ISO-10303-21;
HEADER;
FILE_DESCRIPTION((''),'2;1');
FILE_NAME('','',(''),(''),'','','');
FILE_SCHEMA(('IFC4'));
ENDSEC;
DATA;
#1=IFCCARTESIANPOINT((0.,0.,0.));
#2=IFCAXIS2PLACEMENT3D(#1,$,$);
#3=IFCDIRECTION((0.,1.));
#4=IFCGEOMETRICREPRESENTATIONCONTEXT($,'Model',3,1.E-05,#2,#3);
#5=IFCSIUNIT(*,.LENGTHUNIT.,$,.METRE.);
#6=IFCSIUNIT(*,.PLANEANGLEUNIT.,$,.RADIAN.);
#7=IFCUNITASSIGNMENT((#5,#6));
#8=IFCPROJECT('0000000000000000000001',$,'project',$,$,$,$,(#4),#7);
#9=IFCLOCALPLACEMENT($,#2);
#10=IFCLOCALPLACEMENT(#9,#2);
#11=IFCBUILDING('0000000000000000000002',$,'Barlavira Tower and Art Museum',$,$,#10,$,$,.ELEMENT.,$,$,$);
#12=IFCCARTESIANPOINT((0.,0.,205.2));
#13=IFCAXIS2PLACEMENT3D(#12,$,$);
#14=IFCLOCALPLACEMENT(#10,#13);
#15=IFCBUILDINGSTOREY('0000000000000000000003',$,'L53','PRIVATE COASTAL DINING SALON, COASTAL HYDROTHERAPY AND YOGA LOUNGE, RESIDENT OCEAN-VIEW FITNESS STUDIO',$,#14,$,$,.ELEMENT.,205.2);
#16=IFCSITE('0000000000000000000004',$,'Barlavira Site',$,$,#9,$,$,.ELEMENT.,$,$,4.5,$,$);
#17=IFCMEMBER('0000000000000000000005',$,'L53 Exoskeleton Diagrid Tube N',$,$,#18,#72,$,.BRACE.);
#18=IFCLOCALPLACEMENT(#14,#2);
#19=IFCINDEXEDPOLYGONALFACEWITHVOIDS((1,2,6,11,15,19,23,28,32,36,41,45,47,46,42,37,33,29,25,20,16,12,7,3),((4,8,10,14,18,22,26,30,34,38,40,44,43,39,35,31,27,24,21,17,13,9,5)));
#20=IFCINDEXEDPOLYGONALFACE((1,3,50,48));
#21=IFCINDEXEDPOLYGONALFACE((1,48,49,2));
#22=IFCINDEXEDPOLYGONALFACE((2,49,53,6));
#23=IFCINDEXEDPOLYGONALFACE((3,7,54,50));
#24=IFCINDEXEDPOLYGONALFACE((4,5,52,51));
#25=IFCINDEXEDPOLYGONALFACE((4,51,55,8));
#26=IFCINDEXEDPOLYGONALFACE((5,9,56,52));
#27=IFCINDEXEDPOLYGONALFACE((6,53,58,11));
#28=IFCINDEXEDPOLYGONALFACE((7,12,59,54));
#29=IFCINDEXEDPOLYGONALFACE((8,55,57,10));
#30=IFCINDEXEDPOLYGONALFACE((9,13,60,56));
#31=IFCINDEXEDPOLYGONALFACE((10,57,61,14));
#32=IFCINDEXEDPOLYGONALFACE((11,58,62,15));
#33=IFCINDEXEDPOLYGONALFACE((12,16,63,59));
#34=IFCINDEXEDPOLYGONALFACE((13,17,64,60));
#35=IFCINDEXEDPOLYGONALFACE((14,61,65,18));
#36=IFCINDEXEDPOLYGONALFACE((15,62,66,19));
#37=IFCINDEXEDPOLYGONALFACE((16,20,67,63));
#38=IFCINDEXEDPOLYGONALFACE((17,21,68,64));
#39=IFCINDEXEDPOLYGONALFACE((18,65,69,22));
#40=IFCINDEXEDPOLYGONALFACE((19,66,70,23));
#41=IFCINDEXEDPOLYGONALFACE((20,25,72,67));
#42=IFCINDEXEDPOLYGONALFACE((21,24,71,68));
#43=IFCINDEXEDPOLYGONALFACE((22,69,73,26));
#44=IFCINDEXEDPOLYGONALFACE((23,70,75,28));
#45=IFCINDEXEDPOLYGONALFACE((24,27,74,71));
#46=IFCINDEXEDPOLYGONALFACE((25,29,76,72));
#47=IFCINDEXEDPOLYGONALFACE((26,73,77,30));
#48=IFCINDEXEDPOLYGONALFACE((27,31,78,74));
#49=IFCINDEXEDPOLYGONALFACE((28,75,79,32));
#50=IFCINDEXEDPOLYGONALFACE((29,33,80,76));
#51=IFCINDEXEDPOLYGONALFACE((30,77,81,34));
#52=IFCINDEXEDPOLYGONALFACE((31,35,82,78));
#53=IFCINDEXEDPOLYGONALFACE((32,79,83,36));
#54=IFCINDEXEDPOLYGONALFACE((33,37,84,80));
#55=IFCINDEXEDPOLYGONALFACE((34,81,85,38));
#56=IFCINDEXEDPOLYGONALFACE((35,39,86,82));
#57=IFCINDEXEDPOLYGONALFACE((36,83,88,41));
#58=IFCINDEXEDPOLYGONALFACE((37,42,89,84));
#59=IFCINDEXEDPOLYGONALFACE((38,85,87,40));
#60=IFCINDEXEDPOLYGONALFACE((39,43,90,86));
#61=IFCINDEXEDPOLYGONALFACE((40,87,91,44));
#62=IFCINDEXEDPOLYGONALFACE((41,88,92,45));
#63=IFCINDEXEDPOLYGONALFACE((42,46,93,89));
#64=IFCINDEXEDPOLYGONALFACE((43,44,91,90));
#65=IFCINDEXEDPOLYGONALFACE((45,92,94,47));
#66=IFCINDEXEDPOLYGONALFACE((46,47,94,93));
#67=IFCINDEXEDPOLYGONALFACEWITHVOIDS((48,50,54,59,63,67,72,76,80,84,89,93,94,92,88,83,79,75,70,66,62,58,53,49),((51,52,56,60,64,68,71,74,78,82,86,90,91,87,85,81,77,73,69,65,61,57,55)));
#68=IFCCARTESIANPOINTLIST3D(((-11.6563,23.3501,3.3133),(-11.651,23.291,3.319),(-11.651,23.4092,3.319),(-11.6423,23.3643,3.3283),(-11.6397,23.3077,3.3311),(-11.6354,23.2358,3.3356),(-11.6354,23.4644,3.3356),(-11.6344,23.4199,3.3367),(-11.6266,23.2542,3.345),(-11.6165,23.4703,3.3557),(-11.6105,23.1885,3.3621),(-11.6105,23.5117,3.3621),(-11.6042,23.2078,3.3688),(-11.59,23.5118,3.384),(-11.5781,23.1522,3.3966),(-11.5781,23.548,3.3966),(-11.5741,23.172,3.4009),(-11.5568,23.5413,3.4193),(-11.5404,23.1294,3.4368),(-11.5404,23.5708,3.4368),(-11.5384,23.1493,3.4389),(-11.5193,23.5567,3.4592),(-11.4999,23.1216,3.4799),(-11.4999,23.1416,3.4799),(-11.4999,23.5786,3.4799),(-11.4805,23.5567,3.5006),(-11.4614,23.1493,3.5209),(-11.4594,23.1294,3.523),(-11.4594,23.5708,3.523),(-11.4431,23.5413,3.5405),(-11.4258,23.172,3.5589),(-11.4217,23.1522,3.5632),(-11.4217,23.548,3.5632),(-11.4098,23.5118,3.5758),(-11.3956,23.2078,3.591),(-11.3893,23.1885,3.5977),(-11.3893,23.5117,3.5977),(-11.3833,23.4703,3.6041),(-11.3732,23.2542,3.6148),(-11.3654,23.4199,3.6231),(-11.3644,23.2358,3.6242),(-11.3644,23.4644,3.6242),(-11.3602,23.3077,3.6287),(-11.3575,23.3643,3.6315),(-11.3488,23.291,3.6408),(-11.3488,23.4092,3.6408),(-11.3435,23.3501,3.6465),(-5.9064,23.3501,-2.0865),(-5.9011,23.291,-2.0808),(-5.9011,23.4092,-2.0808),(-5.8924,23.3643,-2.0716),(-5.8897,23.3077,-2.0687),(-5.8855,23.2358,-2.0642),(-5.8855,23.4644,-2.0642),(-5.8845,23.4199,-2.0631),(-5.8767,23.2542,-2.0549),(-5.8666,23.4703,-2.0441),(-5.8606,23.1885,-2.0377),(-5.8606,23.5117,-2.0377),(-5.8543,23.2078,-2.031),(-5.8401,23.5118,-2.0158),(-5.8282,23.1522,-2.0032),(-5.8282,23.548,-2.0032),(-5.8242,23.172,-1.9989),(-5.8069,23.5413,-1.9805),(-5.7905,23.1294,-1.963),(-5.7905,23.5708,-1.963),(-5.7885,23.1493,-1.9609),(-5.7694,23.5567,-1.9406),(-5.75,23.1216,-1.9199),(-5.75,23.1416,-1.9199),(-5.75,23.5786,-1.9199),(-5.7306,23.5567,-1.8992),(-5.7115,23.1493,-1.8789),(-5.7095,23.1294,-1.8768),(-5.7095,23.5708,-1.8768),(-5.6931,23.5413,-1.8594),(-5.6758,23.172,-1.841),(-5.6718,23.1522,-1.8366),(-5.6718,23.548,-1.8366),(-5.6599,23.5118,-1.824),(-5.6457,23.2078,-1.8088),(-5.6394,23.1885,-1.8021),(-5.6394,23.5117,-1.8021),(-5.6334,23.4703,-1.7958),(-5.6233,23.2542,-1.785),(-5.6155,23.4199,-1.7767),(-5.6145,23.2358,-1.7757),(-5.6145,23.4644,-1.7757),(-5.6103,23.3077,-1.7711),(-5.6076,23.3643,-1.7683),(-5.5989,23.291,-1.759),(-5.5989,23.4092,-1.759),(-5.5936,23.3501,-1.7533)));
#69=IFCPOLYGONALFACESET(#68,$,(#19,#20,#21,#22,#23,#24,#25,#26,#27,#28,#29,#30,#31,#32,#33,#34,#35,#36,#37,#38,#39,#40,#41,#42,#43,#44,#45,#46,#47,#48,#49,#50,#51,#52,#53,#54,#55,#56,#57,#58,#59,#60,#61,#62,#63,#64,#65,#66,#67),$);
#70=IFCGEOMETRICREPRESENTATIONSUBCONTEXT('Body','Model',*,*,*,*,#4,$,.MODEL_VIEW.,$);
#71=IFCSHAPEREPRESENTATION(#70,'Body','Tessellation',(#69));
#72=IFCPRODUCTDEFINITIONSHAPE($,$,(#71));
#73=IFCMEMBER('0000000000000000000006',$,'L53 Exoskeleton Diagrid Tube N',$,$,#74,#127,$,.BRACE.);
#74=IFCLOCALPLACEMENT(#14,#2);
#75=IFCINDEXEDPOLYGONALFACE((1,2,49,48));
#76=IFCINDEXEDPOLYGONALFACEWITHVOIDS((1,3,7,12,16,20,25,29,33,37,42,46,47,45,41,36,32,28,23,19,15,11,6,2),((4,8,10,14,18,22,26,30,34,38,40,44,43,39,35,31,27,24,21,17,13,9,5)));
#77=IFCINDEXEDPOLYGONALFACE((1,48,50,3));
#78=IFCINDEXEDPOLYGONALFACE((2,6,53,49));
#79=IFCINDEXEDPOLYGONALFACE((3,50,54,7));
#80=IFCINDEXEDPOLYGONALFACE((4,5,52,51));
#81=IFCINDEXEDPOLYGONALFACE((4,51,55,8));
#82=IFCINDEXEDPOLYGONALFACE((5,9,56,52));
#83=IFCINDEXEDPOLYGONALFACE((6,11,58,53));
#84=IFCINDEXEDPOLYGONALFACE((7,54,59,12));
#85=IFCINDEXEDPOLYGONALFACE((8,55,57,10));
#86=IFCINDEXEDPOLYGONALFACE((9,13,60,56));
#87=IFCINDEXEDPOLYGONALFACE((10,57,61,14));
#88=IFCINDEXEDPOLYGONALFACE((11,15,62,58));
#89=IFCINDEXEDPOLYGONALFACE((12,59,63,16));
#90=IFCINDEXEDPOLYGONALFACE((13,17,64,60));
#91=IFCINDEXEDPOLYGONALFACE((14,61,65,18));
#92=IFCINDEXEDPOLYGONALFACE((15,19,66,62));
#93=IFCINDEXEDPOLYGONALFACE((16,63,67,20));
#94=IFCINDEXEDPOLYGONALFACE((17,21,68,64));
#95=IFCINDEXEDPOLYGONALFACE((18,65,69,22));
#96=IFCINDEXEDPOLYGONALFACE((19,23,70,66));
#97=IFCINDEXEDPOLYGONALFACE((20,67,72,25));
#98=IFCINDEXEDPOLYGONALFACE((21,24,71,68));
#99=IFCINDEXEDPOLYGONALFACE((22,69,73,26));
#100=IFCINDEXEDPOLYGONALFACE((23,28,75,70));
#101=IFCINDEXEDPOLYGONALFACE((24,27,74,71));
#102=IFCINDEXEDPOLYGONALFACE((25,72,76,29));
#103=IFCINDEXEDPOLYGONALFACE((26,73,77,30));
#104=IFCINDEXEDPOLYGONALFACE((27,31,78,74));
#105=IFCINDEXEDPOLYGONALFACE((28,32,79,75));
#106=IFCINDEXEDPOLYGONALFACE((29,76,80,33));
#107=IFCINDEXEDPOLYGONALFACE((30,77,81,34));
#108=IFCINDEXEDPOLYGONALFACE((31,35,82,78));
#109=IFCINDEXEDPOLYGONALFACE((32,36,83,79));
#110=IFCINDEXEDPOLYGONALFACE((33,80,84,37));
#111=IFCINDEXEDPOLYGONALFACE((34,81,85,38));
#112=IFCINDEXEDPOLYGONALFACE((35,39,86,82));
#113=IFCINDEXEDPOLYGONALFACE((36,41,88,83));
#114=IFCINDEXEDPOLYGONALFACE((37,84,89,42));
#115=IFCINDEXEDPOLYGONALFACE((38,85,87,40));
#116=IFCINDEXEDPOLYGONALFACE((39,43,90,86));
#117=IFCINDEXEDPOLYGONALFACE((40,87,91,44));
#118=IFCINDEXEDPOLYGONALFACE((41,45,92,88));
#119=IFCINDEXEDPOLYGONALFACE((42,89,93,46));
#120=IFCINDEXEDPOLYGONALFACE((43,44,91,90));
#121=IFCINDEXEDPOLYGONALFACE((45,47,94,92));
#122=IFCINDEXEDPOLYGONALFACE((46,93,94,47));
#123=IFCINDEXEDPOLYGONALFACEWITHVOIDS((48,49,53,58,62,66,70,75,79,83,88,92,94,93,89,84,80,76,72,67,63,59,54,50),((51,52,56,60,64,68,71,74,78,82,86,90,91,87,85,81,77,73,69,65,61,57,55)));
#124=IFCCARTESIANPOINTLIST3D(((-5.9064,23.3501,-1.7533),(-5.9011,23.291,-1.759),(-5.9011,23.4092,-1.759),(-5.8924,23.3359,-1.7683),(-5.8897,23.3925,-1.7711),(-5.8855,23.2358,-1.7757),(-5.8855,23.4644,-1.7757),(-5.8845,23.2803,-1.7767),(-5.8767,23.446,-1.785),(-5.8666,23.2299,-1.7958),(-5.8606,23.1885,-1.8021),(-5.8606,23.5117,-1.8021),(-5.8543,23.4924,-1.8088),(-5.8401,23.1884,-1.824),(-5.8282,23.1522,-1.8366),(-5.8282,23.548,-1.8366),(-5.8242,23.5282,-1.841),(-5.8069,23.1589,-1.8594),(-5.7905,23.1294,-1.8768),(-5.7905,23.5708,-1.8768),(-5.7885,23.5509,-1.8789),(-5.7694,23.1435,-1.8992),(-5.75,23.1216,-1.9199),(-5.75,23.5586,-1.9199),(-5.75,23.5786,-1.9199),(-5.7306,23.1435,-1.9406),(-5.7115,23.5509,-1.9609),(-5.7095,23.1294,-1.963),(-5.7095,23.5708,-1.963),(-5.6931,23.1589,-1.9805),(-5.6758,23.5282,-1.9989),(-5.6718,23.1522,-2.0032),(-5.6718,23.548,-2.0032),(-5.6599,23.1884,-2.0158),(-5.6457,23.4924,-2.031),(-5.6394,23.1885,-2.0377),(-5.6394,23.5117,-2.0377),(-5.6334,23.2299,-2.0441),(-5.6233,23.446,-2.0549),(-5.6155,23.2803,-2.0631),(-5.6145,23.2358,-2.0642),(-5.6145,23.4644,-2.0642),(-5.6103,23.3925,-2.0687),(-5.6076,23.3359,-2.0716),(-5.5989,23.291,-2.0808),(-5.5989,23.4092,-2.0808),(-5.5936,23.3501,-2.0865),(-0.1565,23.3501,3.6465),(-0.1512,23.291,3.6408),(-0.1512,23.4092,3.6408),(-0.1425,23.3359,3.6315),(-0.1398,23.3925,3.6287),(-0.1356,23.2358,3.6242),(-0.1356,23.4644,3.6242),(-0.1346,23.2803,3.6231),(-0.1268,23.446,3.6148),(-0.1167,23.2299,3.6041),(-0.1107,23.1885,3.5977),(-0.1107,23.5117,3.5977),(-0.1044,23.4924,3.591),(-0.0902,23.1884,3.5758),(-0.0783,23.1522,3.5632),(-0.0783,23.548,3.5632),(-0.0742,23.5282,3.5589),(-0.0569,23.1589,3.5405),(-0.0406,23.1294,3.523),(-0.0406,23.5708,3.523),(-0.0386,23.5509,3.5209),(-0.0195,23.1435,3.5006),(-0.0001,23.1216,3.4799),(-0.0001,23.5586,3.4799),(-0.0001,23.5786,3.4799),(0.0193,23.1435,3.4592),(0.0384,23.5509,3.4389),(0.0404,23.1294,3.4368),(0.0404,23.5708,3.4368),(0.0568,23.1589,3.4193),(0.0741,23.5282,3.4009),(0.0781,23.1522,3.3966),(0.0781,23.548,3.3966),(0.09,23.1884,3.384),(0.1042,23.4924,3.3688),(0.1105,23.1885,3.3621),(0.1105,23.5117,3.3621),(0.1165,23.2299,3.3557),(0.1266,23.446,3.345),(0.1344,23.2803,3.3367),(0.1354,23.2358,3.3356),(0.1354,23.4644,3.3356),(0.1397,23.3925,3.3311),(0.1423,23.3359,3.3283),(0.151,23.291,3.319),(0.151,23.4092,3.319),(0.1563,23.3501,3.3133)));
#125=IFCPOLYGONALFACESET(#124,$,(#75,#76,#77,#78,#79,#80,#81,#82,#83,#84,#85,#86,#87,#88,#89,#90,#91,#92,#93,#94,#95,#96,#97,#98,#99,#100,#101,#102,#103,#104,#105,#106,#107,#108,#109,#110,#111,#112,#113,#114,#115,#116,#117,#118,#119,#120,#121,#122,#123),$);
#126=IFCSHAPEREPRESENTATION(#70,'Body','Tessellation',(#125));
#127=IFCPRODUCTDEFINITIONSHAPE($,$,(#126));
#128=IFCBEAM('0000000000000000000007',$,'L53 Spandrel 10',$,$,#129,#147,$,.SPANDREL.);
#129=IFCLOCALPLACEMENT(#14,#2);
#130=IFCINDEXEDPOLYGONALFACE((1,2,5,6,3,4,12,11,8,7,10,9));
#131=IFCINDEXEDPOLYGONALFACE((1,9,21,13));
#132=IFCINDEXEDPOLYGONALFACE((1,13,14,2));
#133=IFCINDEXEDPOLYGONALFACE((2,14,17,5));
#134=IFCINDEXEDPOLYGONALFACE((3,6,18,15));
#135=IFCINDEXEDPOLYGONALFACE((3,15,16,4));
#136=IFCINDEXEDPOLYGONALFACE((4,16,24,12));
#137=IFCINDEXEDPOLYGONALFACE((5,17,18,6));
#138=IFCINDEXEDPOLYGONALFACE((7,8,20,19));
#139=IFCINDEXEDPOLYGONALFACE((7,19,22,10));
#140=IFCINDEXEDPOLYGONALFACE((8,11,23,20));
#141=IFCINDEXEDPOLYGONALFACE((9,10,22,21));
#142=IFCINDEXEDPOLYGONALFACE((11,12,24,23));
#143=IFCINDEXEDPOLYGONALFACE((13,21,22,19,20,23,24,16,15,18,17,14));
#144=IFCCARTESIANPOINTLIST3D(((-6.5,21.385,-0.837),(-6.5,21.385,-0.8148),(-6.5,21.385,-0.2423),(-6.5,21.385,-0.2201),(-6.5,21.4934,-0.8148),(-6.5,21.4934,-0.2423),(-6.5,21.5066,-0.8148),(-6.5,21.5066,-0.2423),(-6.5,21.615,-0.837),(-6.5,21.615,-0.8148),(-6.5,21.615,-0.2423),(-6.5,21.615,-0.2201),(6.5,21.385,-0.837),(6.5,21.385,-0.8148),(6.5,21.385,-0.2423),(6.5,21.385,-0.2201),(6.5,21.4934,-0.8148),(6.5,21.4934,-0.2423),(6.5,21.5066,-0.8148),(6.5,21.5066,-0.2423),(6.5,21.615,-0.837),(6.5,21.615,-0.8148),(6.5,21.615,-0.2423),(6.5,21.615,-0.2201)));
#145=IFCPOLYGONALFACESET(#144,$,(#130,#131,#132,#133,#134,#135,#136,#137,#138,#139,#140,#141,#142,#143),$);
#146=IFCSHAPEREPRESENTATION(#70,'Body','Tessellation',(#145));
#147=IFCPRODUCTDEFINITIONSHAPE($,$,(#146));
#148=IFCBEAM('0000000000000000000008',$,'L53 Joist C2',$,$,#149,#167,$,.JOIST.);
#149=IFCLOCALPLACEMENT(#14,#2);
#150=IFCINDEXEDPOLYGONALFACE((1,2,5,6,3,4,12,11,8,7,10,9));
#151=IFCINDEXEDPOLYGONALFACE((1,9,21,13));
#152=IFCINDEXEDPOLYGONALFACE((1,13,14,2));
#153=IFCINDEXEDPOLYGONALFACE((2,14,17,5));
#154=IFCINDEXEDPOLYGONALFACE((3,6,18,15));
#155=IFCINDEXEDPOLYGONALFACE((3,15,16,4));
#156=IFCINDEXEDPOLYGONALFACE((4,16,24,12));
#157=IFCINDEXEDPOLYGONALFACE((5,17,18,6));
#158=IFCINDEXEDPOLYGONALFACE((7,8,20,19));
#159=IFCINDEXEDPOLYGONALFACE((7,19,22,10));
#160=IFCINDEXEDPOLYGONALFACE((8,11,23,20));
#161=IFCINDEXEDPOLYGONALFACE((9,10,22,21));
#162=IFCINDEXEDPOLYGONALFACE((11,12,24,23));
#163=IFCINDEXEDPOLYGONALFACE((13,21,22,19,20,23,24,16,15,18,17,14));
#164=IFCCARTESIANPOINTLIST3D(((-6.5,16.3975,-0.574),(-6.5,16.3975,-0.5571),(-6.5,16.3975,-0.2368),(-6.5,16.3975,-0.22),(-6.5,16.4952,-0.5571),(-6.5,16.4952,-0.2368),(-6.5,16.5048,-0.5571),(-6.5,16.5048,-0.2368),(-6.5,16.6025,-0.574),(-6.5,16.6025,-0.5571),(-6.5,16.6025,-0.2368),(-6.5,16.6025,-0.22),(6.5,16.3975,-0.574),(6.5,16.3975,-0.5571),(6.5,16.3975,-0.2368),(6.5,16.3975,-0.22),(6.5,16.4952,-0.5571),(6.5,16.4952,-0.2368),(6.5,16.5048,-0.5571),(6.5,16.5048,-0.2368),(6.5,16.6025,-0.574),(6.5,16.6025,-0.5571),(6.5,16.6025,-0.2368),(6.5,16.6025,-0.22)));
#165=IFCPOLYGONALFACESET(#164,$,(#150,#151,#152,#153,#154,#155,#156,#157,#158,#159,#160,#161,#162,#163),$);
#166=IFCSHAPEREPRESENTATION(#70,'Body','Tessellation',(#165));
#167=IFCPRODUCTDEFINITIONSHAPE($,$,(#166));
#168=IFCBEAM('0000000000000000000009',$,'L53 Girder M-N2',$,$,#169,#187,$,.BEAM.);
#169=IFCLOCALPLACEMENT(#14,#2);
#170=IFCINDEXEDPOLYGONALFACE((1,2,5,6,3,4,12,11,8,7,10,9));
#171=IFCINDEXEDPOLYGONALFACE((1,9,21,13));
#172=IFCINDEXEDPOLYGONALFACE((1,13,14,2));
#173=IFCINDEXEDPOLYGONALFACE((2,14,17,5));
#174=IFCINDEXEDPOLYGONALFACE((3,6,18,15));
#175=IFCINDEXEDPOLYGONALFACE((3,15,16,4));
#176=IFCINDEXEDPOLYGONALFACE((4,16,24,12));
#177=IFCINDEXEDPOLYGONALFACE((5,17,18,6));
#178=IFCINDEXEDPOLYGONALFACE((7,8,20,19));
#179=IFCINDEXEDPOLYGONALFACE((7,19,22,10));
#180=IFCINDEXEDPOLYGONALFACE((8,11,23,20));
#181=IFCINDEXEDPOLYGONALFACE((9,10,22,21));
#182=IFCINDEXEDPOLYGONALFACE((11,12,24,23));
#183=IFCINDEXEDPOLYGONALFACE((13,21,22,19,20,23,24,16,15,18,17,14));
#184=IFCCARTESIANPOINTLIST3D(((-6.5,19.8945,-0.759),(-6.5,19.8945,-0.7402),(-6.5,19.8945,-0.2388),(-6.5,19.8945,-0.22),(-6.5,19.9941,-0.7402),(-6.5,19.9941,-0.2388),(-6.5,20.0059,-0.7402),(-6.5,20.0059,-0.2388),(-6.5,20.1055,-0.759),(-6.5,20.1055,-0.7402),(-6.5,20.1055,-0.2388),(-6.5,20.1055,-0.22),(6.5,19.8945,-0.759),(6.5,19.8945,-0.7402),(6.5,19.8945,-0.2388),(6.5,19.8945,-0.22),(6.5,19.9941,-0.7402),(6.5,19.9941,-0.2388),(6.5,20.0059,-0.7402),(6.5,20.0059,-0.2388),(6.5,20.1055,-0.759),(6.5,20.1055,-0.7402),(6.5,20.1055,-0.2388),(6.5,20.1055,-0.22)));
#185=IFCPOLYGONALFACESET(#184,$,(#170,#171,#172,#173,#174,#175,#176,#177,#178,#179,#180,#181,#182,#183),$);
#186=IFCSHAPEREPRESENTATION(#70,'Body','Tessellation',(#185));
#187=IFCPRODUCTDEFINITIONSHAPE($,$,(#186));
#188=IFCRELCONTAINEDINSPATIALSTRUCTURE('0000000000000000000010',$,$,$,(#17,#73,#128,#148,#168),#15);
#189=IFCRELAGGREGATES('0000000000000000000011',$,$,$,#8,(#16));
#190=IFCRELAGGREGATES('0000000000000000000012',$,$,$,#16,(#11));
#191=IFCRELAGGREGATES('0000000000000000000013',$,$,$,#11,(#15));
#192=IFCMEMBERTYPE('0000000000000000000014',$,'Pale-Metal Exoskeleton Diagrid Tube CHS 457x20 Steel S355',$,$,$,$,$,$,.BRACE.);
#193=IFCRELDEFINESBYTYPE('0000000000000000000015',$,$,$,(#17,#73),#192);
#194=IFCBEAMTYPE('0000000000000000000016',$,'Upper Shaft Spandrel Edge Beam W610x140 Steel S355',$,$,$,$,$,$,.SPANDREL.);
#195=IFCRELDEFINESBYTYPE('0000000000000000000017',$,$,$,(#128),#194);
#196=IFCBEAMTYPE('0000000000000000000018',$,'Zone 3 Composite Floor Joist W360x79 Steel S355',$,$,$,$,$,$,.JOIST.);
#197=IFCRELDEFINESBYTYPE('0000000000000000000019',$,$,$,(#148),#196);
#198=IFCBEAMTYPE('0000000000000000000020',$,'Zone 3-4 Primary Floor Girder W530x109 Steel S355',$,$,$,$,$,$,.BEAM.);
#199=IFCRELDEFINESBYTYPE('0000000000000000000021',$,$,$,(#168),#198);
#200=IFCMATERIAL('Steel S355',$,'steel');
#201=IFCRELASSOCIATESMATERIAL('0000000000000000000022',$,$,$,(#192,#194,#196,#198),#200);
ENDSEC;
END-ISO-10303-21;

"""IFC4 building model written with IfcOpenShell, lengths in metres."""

from ifc_helpers import new_model, si_unit, direction, frame, origin, origin_2d, place, context, subcontext, project, spatial, hollow_circle, i_section, extrude, material, material_profile, profile_set, type_object, element, save


model = new_model("IFC4")

# Units and contexts
model_context = context("Model", 3, precision=1e-05, world=origin(), true_north=direction((0.0, 1.0)))
body_context = subcontext(model_context, "Body", "Model", "MODEL_VIEW")
ifc_project = project(units=[si_unit("LENGTHUNIT", "METRE"), si_unit("PLANEANGLEUNIT", "RADIAN")], contexts=[model_context])

# Site, building, storey
site_placement = place(None, origin())
site = spatial("IfcSite", under=ifc_project, at=site_placement, Name="Barlavira Site", CompositionType="ELEMENT", RefElevation=4.5)
building_placement = place(site_placement, origin())
building = spatial("IfcBuilding", under=site, at=building_placement, Name="Barlavira Tower and Art Museum", CompositionType="ELEMENT")
storey_placement = place(building_placement, frame((0.0, 0.0, 205.2)))
storey = spatial("IfcBuildingStorey", under=building, at=storey_placement, Name="L53", Description="PRIVATE COASTAL DINING SALON, COASTAL HYDROTHERAPY AND YOGA LOUNGE, RESIDENT OCEAN-VIEW FITNESS STUDIO", CompositionType="ELEMENT", Elevation=205.2)

# Members
ifc_material_1 = material(Name="Steel S355", Category="steel")
ifc_material_profile_1 = material_profile(ifc_material_1, hollow_circle(Radius=0.2285, WallThickness=0.02, at=origin_2d()), Name="CHS 457.0x20.0")
ifc_profile_set_1 = profile_set([ifc_material_profile_1], Name="Steel S355")
member_type_1 = type_object("IfcMemberType", Name="Pale-Metal Exoskeleton Diagrid Tube CHS 457x20 Steel S355", PredefinedType="BRACE", material=ifc_profile_set_1)
for number, where, z_axis, x_axis, name in (
    (1, (-5.75, 23.3501, -1.9199), (-0.72895, 0.0, 0.684567), (0.0, -1.0, 0.0), "L53 Exoskeleton Diagrid Tube N"),
    (2, (-5.75, 23.3501, -1.9199), (0.72895, 0.0, 0.684567), (0.0, 1.0, 0.0), "L53 Exoskeleton Diagrid Tube N"),
):
    element("IfcMember", number, at=place(storey_placement, frame(where, z_axis=z_axis, x_axis=x_axis)), inside=storey, type_object=member_type_1, Name=name, PredefinedType="BRACE", context=body_context, shape_type="SweptSolid", body=[
        extrude(hollow_circle(Radius=0.2285, WallThickness=0.02, at=origin_2d()), origin(), (0.0, 0.0, 1.0), 7.8879),
    ])

# Beams
ifc_material_profile_2 = material_profile(ifc_material_1, i_section(OverallWidth=0.23, OverallDepth=0.6169, WebThickness=0.0132, FlangeThickness=0.0222, at=origin_2d()), Name="W610x140.0")
ifc_profile_set_2 = profile_set([ifc_material_profile_2], Name="Steel S355")
beam_type_1 = type_object("IfcBeamType", Name="Upper Shaft Spandrel Edge Beam W610x140 Steel S355", PredefinedType="SPANDREL", material=ifc_profile_set_2)
beam_1_placement = place(storey_placement, frame((-6.5, 21.5, -0.5286), z_axis=(1.0, 0.0, 0.0), x_axis=(0.0, 1.0, 0.0)))
element("IfcBeam", 3, at=beam_1_placement, inside=storey, type_object=beam_type_1, Name="L53 Spandrel 10", PredefinedType="SPANDREL", context=body_context, shape_type="SweptSolid", body=[
    extrude(i_section(OverallWidth=0.23, OverallDepth=0.6169, WebThickness=0.0132, FlangeThickness=0.0222, at=origin_2d()), origin(), (0.0, 0.0, 1.0), 13.0),
])
ifc_material_profile_3 = material_profile(ifc_material_1, i_section(OverallWidth=0.2051, OverallDepth=0.354, WebThickness=0.0095, FlangeThickness=0.0168, at=origin_2d()), Name="W360x79.0")
ifc_profile_set_3 = profile_set([ifc_material_profile_3], Name="Steel S355")
beam_type_2 = type_object("IfcBeamType", Name="Zone 3 Composite Floor Joist W360x79 Steel S355", PredefinedType="JOIST", material=ifc_profile_set_3)
beam_2_placement = place(storey_placement, frame((-6.5, 16.5, -0.397), z_axis=(1.0, 0.0, 0.0), x_axis=(0.0, 1.0, 0.0)))
element("IfcBeam", 4, at=beam_2_placement, inside=storey, type_object=beam_type_2, Name="L53 Joist C2", PredefinedType="JOIST", context=body_context, shape_type="SweptSolid", body=[
    extrude(i_section(OverallWidth=0.2051, OverallDepth=0.354, WebThickness=0.0095, FlangeThickness=0.0168, at=origin_2d()), origin(), (0.0, 0.0, 1.0), 13.0),
])
ifc_material_profile_4 = material_profile(ifc_material_1, i_section(OverallWidth=0.2109, OverallDepth=0.5391, WebThickness=0.0117, FlangeThickness=0.0188, at=origin_2d()), Name="W530x109.0")
ifc_profile_set_4 = profile_set([ifc_material_profile_4], Name="Steel S355")
beam_type_3 = type_object("IfcBeamType", Name="Zone 3-4 Primary Floor Girder W530x109 Steel S355", PredefinedType="BEAM", material=ifc_profile_set_4)
beam_3_placement = place(storey_placement, frame((-6.5, 20.0, -0.4895), z_axis=(1.0, 0.0, 0.0), x_axis=(0.0, 1.0, 0.0)))
element("IfcBeam", 5, at=beam_3_placement, inside=storey, type_object=beam_type_3, Name="L53 Girder M-N2", PredefinedType="BEAM", context=body_context, shape_type="SweptSolid", body=[
    extrude(i_section(OverallWidth=0.2109, OverallDepth=0.5391, WebThickness=0.0117, FlangeThickness=0.0188, at=origin_2d()), origin(), (0.0, 0.0, 1.0), 13.0),
])

save(model, "model.ifc")
